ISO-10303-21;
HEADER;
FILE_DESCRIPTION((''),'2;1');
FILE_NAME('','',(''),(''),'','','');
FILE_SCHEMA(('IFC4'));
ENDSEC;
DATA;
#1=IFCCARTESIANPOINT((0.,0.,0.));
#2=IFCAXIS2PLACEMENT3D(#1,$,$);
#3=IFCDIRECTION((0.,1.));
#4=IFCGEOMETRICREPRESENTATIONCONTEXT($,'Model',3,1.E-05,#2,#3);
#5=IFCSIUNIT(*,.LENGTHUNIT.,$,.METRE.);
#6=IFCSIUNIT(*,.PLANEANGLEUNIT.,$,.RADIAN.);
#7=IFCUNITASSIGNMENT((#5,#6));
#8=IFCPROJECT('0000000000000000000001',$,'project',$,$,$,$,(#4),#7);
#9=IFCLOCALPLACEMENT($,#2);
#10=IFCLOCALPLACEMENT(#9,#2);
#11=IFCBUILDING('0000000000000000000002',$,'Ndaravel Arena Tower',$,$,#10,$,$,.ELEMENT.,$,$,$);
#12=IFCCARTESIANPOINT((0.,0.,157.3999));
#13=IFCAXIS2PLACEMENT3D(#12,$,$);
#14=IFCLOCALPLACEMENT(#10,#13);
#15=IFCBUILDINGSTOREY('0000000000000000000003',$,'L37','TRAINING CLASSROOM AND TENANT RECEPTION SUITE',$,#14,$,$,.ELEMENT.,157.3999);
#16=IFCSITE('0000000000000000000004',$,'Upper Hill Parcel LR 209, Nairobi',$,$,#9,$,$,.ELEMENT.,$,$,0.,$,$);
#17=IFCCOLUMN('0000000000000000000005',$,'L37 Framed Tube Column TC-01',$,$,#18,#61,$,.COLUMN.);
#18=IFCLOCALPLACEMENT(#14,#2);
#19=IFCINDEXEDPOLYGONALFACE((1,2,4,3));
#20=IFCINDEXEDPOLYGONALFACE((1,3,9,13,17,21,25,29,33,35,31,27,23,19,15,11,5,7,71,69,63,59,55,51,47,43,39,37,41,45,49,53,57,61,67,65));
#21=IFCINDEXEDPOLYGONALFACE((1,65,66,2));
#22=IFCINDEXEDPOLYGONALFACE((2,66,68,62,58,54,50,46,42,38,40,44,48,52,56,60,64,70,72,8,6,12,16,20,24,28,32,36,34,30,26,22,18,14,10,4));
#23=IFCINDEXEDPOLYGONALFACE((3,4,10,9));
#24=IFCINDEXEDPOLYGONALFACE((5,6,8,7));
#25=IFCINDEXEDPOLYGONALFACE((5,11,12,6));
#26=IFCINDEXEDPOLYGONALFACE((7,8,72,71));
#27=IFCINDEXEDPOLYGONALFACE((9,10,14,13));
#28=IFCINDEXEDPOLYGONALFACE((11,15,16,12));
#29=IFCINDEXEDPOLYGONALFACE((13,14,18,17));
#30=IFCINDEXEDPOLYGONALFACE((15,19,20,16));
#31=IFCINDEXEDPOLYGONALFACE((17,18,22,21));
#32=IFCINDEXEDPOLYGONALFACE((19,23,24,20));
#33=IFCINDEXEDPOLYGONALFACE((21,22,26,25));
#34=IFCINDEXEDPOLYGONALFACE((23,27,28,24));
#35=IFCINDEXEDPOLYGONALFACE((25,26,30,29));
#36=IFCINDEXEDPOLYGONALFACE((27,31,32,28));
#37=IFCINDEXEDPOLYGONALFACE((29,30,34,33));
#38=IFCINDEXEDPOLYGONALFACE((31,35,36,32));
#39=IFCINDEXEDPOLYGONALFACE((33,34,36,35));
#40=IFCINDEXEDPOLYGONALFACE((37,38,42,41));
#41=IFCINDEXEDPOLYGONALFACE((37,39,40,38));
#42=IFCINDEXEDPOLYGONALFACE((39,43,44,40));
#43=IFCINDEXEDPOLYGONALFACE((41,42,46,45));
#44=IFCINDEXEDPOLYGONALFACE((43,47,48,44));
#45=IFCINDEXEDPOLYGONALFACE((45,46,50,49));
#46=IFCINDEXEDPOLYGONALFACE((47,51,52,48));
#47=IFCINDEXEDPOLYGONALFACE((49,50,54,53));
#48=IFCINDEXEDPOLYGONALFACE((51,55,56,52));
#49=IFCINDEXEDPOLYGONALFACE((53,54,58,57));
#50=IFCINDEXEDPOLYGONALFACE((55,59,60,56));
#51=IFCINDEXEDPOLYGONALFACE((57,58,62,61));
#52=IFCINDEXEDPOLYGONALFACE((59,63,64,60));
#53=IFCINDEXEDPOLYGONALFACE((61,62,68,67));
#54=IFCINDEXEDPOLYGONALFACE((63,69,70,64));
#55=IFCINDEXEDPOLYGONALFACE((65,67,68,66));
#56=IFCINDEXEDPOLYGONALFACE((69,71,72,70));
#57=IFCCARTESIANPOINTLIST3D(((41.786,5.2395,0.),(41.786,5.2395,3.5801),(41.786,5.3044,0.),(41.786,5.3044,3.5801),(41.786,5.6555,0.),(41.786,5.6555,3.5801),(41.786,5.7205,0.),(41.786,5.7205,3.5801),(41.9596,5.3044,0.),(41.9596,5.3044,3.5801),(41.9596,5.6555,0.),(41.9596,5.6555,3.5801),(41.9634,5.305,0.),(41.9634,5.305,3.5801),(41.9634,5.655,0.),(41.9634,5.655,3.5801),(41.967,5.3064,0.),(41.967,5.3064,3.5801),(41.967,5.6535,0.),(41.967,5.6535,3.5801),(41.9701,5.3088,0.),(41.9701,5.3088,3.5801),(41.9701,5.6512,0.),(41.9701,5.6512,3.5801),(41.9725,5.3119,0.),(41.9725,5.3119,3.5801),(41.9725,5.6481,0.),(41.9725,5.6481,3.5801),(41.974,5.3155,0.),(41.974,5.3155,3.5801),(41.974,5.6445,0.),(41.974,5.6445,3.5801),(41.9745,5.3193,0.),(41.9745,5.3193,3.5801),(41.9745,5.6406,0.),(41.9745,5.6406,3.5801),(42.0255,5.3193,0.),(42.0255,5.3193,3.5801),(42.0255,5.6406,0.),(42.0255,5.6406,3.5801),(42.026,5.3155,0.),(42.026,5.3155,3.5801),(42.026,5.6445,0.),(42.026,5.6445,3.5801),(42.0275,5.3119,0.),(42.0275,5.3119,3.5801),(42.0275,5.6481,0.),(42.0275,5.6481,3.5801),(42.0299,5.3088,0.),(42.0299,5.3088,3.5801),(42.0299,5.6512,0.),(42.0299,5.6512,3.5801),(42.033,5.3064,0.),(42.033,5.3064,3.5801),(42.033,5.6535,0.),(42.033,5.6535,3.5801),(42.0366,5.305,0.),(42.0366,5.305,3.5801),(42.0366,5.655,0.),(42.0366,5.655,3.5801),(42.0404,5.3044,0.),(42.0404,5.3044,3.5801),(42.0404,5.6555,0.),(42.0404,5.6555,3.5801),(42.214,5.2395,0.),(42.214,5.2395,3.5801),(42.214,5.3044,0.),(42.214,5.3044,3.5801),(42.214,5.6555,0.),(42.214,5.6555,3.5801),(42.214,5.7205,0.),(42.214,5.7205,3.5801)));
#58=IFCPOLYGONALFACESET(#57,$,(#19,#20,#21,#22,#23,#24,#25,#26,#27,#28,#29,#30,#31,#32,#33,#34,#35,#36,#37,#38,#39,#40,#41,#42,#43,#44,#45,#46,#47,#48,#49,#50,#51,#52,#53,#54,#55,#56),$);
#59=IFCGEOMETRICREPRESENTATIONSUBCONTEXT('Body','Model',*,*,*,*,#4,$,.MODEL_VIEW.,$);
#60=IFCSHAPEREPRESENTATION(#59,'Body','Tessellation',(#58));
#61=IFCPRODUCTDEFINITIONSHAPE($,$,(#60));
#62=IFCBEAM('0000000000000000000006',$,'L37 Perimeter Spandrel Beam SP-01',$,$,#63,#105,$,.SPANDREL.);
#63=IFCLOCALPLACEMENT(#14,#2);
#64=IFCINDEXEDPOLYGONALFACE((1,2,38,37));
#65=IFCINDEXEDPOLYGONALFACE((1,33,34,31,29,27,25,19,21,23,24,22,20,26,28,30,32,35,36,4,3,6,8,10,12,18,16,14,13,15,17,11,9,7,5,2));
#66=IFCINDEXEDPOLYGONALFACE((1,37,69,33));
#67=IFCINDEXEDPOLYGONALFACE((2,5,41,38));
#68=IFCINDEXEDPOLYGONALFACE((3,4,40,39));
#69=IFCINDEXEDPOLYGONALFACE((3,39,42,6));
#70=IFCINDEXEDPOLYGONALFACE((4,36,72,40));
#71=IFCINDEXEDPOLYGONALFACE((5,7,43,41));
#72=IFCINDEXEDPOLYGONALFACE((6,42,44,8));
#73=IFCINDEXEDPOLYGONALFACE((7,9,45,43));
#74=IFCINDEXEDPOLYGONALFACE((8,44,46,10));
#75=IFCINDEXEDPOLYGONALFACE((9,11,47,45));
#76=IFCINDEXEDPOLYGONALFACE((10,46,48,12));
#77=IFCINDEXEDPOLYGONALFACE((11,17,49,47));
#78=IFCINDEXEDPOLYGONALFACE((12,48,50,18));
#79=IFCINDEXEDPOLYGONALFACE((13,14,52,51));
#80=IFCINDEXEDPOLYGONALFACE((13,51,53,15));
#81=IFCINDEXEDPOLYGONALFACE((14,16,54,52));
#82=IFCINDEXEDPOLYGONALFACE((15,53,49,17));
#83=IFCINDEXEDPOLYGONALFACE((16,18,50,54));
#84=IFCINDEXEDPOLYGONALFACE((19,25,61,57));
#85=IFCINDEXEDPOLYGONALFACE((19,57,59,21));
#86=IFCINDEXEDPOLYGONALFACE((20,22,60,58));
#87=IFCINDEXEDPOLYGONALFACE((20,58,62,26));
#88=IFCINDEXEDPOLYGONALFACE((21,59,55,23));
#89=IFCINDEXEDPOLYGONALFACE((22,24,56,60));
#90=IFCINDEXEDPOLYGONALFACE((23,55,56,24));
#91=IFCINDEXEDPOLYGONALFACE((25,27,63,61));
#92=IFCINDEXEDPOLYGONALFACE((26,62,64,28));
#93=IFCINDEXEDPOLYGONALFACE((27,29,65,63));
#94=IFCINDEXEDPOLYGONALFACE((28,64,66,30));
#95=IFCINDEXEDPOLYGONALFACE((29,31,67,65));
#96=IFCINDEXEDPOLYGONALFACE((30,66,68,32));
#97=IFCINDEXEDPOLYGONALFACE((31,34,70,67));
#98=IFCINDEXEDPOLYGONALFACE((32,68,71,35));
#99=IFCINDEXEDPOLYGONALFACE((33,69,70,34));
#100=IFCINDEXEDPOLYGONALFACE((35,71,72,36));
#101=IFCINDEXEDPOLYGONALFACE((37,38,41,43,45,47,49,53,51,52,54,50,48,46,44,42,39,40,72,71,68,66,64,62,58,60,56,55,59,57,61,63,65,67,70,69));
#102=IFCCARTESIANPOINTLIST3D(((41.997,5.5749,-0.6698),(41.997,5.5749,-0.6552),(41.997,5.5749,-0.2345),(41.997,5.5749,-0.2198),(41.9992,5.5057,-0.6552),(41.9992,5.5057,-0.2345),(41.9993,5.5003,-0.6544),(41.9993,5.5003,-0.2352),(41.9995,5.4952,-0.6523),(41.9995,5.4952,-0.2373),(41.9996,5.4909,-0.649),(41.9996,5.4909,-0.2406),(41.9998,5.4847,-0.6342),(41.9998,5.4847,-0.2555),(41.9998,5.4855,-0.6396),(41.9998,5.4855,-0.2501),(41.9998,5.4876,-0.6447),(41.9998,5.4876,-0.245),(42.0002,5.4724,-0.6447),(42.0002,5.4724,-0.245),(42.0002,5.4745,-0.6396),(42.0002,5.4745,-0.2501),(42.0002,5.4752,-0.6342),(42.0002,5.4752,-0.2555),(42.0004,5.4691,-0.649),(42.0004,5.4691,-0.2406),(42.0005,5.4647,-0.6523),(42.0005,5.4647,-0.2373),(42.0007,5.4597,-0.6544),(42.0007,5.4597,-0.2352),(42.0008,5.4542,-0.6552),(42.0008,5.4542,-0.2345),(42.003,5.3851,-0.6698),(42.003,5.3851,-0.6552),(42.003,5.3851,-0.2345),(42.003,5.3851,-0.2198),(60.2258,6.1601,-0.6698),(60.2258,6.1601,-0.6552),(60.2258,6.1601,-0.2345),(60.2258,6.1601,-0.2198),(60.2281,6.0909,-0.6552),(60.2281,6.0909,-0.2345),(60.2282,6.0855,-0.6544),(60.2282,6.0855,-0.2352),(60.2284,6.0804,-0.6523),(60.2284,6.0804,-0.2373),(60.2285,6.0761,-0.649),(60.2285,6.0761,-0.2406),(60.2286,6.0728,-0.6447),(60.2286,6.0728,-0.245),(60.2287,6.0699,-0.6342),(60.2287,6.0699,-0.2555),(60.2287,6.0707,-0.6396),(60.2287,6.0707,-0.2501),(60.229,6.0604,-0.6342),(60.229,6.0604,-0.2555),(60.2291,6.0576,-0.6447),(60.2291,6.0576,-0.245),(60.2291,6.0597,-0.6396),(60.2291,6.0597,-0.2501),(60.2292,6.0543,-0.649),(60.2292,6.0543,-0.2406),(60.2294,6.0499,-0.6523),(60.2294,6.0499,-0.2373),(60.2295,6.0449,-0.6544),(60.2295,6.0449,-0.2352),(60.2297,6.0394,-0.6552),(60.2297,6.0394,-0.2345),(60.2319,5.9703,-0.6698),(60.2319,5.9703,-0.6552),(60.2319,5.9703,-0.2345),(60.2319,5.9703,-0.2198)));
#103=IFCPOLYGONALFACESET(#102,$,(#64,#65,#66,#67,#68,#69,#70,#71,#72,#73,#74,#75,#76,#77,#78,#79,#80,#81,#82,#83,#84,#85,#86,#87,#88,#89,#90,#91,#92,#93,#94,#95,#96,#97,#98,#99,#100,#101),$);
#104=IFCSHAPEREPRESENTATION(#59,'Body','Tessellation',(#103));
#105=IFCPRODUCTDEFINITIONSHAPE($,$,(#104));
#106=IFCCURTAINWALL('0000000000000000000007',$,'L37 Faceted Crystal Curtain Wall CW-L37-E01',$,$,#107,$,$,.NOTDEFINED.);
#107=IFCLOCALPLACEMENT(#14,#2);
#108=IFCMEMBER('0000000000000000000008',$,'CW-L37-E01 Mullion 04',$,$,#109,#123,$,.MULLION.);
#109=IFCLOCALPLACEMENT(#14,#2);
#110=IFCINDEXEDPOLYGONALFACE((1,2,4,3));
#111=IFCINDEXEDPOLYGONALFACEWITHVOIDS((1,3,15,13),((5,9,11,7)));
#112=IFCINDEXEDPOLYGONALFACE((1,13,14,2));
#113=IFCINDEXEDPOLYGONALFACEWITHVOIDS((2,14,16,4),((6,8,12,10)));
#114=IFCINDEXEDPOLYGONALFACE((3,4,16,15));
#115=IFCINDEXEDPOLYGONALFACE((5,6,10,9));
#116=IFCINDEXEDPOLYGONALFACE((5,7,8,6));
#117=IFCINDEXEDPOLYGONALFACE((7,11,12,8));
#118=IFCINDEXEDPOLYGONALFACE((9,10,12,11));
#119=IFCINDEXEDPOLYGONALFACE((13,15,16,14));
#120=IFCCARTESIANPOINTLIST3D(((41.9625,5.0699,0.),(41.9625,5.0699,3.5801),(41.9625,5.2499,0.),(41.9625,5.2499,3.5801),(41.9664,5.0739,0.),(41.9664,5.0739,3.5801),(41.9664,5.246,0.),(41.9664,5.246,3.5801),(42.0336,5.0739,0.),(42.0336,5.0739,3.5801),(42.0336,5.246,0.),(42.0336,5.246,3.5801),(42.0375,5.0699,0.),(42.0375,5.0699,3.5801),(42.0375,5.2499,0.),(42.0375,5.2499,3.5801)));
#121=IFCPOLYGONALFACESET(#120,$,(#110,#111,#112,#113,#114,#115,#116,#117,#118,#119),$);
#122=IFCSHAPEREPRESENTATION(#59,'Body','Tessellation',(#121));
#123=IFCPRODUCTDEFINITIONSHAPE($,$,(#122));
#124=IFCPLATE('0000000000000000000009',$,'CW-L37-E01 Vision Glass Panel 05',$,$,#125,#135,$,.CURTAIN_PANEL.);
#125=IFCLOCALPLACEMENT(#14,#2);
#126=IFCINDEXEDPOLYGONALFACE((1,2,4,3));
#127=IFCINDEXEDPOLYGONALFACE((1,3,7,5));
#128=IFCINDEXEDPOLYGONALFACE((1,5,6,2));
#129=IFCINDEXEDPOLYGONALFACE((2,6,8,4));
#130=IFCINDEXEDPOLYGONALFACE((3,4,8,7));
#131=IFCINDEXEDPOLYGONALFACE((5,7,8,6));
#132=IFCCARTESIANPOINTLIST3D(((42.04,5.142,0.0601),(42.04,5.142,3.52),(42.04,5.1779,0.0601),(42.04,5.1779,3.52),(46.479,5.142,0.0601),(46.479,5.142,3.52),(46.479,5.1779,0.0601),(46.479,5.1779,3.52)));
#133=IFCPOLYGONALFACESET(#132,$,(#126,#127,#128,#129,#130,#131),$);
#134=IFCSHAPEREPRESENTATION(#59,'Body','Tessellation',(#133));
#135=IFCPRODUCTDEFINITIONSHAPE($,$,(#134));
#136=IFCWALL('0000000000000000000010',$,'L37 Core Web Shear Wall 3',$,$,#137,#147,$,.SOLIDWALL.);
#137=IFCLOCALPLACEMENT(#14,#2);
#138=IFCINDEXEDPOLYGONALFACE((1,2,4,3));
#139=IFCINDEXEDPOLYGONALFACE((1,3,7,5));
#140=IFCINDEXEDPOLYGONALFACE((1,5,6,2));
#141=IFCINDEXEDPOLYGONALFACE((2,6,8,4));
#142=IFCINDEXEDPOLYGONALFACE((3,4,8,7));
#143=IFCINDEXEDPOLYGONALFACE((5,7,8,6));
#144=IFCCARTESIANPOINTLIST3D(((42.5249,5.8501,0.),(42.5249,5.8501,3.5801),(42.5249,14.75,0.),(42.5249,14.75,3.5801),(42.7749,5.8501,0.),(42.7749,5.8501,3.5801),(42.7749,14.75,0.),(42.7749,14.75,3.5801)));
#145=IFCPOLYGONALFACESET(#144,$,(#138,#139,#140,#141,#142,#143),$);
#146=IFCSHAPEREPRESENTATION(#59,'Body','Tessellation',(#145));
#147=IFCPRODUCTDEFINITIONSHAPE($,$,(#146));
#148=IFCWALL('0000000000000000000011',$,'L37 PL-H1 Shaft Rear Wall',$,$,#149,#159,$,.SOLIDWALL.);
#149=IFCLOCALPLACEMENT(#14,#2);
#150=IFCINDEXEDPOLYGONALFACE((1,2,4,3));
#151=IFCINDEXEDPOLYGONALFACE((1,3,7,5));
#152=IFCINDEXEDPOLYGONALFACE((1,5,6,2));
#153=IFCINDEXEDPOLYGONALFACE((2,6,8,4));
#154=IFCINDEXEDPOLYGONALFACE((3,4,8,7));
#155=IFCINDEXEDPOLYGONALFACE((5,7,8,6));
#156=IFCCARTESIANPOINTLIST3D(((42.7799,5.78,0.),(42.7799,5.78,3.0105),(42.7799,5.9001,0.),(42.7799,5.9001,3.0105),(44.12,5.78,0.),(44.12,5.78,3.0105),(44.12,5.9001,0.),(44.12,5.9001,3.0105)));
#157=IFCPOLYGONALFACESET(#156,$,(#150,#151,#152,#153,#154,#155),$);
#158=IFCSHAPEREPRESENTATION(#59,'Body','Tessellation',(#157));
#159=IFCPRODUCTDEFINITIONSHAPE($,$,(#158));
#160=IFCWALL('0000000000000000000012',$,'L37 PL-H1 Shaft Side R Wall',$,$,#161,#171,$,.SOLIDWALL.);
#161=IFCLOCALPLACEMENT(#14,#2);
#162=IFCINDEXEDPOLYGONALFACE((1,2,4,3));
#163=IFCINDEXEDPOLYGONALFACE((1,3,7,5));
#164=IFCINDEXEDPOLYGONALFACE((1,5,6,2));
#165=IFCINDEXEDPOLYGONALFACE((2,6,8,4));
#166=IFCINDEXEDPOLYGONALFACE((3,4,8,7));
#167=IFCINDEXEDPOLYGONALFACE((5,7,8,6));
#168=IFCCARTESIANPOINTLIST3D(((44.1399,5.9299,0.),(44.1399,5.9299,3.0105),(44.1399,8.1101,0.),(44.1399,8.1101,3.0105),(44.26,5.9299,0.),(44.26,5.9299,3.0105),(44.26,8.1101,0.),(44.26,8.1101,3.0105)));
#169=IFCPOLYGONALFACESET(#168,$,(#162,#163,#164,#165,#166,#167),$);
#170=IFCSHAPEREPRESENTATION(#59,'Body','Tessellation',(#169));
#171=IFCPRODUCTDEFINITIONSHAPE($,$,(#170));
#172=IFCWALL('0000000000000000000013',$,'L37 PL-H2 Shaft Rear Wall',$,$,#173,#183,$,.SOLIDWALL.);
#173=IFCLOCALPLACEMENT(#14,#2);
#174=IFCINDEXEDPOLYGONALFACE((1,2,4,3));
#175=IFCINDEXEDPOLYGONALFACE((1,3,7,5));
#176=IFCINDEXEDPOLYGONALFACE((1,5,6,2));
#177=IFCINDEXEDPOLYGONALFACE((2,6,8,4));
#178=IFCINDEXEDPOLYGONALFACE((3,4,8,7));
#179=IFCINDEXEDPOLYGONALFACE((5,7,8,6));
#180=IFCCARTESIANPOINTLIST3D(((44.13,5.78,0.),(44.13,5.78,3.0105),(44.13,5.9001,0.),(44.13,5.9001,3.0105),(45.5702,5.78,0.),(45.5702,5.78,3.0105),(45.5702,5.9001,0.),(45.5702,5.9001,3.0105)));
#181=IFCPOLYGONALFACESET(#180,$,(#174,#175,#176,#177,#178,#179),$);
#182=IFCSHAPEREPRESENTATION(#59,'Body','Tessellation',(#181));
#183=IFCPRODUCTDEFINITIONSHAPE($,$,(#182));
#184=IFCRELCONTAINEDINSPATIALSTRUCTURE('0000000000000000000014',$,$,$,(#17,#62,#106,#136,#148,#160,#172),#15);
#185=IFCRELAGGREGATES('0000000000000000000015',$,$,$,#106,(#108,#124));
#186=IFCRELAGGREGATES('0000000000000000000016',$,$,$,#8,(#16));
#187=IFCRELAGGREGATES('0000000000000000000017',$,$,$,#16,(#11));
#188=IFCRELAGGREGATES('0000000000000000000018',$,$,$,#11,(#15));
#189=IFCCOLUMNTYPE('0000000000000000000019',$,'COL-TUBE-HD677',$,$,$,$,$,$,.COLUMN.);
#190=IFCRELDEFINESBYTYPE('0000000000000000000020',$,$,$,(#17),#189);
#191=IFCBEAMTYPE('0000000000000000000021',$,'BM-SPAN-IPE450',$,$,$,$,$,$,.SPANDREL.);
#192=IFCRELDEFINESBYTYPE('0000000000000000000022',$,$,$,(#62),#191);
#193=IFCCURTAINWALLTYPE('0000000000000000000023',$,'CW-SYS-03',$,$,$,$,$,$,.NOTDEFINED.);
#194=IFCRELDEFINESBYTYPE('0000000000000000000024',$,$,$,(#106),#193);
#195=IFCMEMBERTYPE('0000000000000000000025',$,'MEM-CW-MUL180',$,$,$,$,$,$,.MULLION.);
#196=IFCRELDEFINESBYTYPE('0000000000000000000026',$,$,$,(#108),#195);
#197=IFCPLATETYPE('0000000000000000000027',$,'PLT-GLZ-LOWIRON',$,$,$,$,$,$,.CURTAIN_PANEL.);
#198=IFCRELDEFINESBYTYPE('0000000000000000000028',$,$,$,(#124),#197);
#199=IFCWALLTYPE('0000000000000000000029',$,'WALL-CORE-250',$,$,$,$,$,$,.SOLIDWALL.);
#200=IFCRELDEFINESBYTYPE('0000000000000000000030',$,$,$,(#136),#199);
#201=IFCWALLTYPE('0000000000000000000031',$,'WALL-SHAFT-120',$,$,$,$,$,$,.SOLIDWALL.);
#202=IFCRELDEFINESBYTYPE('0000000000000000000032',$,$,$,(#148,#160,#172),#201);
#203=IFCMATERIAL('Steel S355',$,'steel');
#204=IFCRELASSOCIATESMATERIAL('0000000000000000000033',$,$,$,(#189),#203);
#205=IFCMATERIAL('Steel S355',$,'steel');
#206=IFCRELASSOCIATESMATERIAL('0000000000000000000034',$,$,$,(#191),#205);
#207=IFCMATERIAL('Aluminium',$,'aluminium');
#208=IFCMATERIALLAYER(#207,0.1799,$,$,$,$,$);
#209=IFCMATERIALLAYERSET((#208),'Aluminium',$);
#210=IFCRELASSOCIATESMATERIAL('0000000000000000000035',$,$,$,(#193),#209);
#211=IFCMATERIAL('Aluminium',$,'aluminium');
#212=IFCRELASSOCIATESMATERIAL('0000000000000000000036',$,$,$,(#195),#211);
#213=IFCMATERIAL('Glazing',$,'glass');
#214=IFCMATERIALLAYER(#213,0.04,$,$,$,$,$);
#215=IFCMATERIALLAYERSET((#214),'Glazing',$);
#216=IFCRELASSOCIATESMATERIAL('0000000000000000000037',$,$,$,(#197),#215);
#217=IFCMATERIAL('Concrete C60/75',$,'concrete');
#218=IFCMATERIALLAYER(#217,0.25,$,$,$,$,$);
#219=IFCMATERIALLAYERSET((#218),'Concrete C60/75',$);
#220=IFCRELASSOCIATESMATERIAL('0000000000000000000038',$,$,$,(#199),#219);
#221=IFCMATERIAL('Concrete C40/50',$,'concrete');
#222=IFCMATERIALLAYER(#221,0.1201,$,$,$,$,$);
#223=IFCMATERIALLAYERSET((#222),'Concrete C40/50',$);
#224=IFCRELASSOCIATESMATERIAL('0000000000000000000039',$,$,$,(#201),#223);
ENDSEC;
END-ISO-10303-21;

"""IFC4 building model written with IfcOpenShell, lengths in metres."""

from ifc_helpers import new_model, si_unit, direction, frame, frame_2d, origin, origin_2d, place, context, subcontext, project, spatial, rectangle, hollow_rectangle, i_section, extrude, material, layer, layer_set, material_profile, profile_set, type_object, element, aggregate, save


model = new_model("IFC4")

# Units and contexts
model_context = context("Model", 3, precision=1e-05, world=origin(), true_north=direction((0.0, 1.0)))
body_context = subcontext(model_context, "Body", "Model", "MODEL_VIEW")
ifc_project = project(units=[si_unit("LENGTHUNIT", "METRE"), si_unit("PLANEANGLEUNIT", "RADIAN")], contexts=[model_context])

# Site, building, storey
site_placement = place(None, origin())
site = spatial("IfcSite", under=ifc_project, at=site_placement, Name="Upper Hill Parcel LR 209, Nairobi", CompositionType="ELEMENT", RefElevation=0.0)
building_placement = place(site_placement, origin())
building = spatial("IfcBuilding", under=site, at=building_placement, Name="Ndaravel Arena Tower", CompositionType="ELEMENT")
storey_placement = place(building_placement, frame((0.0, 0.0, 157.3999)))
storey = spatial("IfcBuildingStorey", under=building, at=storey_placement, Name="L37", Description="TRAINING CLASSROOM AND TENANT RECEPTION SUITE", CompositionType="ELEMENT", Elevation=157.3999)

# Column
ifc_material_1 = material(Name="Steel S355", Category="steel")
ifc_material_profile_1 = material_profile(ifc_material_1, i_section(OverallWidth=0.428, OverallDepth=0.481, WebThickness=0.051, FlangeThickness=0.0649, FilletRadius=0.0149, at=origin_2d()), Name="HD 400x677")
ifc_profile_set_1 = profile_set([ifc_material_profile_1], Name="Steel S355")
column_type = type_object("IfcColumnType", Name="COL-TUBE-HD677", PredefinedType="COLUMN", material=ifc_profile_set_1)
column_placement = place(storey_placement, frame((42.0, 5.48, 0.0), z_axis=(0.0, 0.0, 1.0), x_axis=(1.0, 0.0, 0.0)))
element("IfcColumn", 1, at=column_placement, inside=storey, type_object=column_type, Name="L37 Framed Tube Column TC-01", PredefinedType="COLUMN", context=body_context, shape_type="SweptSolid", body=[
    extrude(i_section(OverallWidth=0.428, OverallDepth=0.481, WebThickness=0.051, FlangeThickness=0.0649, FilletRadius=0.0149, at=origin_2d()), origin(), (0.0, 0.0, 1.0), 3.5801),
])

# Beam
ifc_material_2 = material(Name="Steel S355", Category="steel")
ifc_material_profile_2 = material_profile(ifc_material_2, i_section(OverallWidth=0.1899, OverallDepth=0.45, WebThickness=0.0095, FlangeThickness=0.0146, FilletRadius=0.021, at=origin_2d()), Name="IPE 450")
ifc_profile_set_2 = profile_set([ifc_material_profile_2], Name="Steel S355")
beam_type = type_object("IfcBeamType", Name="BM-SPAN-IPE450", PredefinedType="SPANDREL", material=ifc_profile_set_2)
beam_placement = place(storey_placement, frame((42.0, 5.48, -0.4448), z_axis=(0.999485, 0.032086, 0.0), x_axis=(-0.032086, 0.999485, 0.0)))
element("IfcBeam", 2, at=beam_placement, inside=storey, type_object=beam_type, Name="L37 Perimeter Spandrel Beam SP-01", PredefinedType="SPANDREL", context=body_context, shape_type="SweptSolid", body=[
    extrude(i_section(OverallWidth=0.1899, OverallDepth=0.45, WebThickness=0.0095, FlangeThickness=0.0146, FilletRadius=0.021, at=origin_2d()), origin(), (0.0, 0.0, 1.0), 18.2383),
])

# Curtain wall, member, plate
ifc_material_3 = material(Name="Aluminium", Category="aluminium")
ifc_layer_1 = layer(ifc_material_3, 0.1799)
ifc_layer_set_1 = layer_set([ifc_layer_1], Name="Aluminium")
curtain_wall_type = type_object("IfcCurtainWallType", Name="CW-SYS-03", PredefinedType="NOTDEFINED", material=ifc_layer_set_1)
curtain_wall_placement = place(storey_placement, origin())
curtain_wall = element("IfcCurtainWall", 3, at=curtain_wall_placement, inside=storey, type_object=curtain_wall_type, Name="L37 Faceted Crystal Curtain Wall CW-L37-E01", PredefinedType="NOTDEFINED")
ifc_material_4 = material(Name="Aluminium", Category="aluminium")
ifc_material_profile_3 = material_profile(ifc_material_4, hollow_rectangle(XDim=0.075, YDim=0.1799, WallThickness=0.0039, at=origin_2d()), Name="CW MULLION 75x180x4")
ifc_profile_set_3 = profile_set([ifc_material_profile_3], Name="Aluminium")
member_type = type_object("IfcMemberType", Name="MEM-CW-MUL180", PredefinedType="MULLION", material=ifc_profile_set_3)
member_placement = place(storey_placement, frame((42.0, 5.1599, 0.0), z_axis=(0.0, 0.0, 1.0), x_axis=(1.0, 0.0, 0.0)))
member = element("IfcMember", 4, at=member_placement, type_object=member_type, Name="CW-L37-E01 Mullion 04", PredefinedType="MULLION", context=body_context, shape_type="SweptSolid", body=[
    extrude(hollow_rectangle(XDim=0.075, YDim=0.1799, WallThickness=0.0039, at=origin_2d()), origin(), (0.0, 0.0, 1.0), 3.5801),
])
ifc_material_5 = material(Name="Glazing", Category="glass")
ifc_layer_2 = layer(ifc_material_5, 0.04)
ifc_layer_set_2 = layer_set([ifc_layer_2], Name="Glazing")
plate_type = type_object("IfcPlateType", Name="PLT-GLZ-LOWIRON", PredefinedType="CURTAIN_PANEL", material=ifc_layer_set_2)
plate_placement = place(storey_placement, frame((44.2595, 5.1599, 0.0601), z_axis=(0.0, 0.0, 1.0), x_axis=(1.0, 0.0, 0.0)))
plate = element("IfcPlate", 5, at=plate_placement, type_object=plate_type, Name="CW-L37-E01 Vision Glass Panel 05", PredefinedType="CURTAIN_PANEL", context=body_context, shape_type="SweptSolid", body=[
    extrude(rectangle(XDim=4.439, YDim=0.0359, at=origin_2d()), origin(), (0.0, 0.0, 1.0), 3.46),
])
aggregate(curtain_wall, [member, plate])

# Walls
ifc_material_6 = material(Name="Concrete C60/75", Category="concrete")
ifc_layer_3 = layer(ifc_material_6, 0.25)
ifc_layer_set_3 = layer_set([ifc_layer_3], Name="Concrete C60/75")
wall_type_1 = type_object("IfcWallType", Name="WALL-CORE-250", PredefinedType="SOLIDWALL", material=ifc_layer_set_3)
wall_1_placement = place(storey_placement, frame((42.6499, 5.8501, 0.0), z_axis=(0.0, 0.0, 1.0), x_axis=(0.0, 1.0, 0.0)))
element("IfcWall", 6, at=wall_1_placement, inside=storey, type_object=wall_type_1, Name="L37 Core Web Shear Wall 3", PredefinedType="SOLIDWALL", context=body_context, shape_type="SweptSolid", body=[
    extrude(rectangle(XDim=8.8999, YDim=0.25, at=frame_2d((4.45, 0.0))), origin(), (0.0, 0.0, 1.0), 3.5801),
])
ifc_material_7 = material(Name="Concrete C40/50", Category="concrete")
ifc_layer_4 = layer(ifc_material_7, 0.1201)
ifc_layer_set_4 = layer_set([ifc_layer_4], Name="Concrete C40/50")
wall_type_2 = type_object("IfcWallType", Name="WALL-SHAFT-120", PredefinedType="SOLIDWALL", material=ifc_layer_set_4)
wall_2_placement = place(storey_placement, frame((42.78, 5.8401, 0.0), z_axis=(0.0, 0.0, 1.0), x_axis=(1.0, 0.0, 0.0)))
element("IfcWall", 7, at=wall_2_placement, inside=storey, type_object=wall_type_2, Name="L37 PL-H1 Shaft Rear Wall", PredefinedType="SOLIDWALL", context=body_context, shape_type="SweptSolid", body=[
    extrude(rectangle(XDim=1.3401, YDim=0.1201, at=frame_2d((0.6699, 0.0))), origin(), (0.0, 0.0, 1.0), 3.0105),
])
wall_3_placement = place(storey_placement, frame((44.2, 5.9299, 0.0), z_axis=(0.0, 0.0, 1.0), x_axis=(0.0, 1.0, 0.0)))
element("IfcWall", 8, at=wall_3_placement, inside=storey, type_object=wall_type_2, Name="L37 PL-H1 Shaft Side R Wall", PredefinedType="SOLIDWALL", context=body_context, shape_type="SweptSolid", body=[
    extrude(rectangle(XDim=2.1802, YDim=0.1201, at=frame_2d((1.0901, 0.0))), origin(), (0.0, 0.0, 1.0), 3.0105),
])
wall_4_placement = place(storey_placement, frame((44.1299, 5.8401, 0.0), z_axis=(0.0, 0.0, 1.0), x_axis=(1.0, 0.0, 0.0)))
element("IfcWall", 9, at=wall_4_placement, inside=storey, type_object=wall_type_2, Name="L37 PL-H2 Shaft Rear Wall", PredefinedType="SOLIDWALL", context=body_context, shape_type="SweptSolid", body=[
    extrude(rectangle(XDim=1.4402, YDim=0.1201, at=frame_2d((0.7202, 0.0))), origin(), (0.0, 0.0, 1.0), 3.0105),
])

save(model, "model.ifc")
